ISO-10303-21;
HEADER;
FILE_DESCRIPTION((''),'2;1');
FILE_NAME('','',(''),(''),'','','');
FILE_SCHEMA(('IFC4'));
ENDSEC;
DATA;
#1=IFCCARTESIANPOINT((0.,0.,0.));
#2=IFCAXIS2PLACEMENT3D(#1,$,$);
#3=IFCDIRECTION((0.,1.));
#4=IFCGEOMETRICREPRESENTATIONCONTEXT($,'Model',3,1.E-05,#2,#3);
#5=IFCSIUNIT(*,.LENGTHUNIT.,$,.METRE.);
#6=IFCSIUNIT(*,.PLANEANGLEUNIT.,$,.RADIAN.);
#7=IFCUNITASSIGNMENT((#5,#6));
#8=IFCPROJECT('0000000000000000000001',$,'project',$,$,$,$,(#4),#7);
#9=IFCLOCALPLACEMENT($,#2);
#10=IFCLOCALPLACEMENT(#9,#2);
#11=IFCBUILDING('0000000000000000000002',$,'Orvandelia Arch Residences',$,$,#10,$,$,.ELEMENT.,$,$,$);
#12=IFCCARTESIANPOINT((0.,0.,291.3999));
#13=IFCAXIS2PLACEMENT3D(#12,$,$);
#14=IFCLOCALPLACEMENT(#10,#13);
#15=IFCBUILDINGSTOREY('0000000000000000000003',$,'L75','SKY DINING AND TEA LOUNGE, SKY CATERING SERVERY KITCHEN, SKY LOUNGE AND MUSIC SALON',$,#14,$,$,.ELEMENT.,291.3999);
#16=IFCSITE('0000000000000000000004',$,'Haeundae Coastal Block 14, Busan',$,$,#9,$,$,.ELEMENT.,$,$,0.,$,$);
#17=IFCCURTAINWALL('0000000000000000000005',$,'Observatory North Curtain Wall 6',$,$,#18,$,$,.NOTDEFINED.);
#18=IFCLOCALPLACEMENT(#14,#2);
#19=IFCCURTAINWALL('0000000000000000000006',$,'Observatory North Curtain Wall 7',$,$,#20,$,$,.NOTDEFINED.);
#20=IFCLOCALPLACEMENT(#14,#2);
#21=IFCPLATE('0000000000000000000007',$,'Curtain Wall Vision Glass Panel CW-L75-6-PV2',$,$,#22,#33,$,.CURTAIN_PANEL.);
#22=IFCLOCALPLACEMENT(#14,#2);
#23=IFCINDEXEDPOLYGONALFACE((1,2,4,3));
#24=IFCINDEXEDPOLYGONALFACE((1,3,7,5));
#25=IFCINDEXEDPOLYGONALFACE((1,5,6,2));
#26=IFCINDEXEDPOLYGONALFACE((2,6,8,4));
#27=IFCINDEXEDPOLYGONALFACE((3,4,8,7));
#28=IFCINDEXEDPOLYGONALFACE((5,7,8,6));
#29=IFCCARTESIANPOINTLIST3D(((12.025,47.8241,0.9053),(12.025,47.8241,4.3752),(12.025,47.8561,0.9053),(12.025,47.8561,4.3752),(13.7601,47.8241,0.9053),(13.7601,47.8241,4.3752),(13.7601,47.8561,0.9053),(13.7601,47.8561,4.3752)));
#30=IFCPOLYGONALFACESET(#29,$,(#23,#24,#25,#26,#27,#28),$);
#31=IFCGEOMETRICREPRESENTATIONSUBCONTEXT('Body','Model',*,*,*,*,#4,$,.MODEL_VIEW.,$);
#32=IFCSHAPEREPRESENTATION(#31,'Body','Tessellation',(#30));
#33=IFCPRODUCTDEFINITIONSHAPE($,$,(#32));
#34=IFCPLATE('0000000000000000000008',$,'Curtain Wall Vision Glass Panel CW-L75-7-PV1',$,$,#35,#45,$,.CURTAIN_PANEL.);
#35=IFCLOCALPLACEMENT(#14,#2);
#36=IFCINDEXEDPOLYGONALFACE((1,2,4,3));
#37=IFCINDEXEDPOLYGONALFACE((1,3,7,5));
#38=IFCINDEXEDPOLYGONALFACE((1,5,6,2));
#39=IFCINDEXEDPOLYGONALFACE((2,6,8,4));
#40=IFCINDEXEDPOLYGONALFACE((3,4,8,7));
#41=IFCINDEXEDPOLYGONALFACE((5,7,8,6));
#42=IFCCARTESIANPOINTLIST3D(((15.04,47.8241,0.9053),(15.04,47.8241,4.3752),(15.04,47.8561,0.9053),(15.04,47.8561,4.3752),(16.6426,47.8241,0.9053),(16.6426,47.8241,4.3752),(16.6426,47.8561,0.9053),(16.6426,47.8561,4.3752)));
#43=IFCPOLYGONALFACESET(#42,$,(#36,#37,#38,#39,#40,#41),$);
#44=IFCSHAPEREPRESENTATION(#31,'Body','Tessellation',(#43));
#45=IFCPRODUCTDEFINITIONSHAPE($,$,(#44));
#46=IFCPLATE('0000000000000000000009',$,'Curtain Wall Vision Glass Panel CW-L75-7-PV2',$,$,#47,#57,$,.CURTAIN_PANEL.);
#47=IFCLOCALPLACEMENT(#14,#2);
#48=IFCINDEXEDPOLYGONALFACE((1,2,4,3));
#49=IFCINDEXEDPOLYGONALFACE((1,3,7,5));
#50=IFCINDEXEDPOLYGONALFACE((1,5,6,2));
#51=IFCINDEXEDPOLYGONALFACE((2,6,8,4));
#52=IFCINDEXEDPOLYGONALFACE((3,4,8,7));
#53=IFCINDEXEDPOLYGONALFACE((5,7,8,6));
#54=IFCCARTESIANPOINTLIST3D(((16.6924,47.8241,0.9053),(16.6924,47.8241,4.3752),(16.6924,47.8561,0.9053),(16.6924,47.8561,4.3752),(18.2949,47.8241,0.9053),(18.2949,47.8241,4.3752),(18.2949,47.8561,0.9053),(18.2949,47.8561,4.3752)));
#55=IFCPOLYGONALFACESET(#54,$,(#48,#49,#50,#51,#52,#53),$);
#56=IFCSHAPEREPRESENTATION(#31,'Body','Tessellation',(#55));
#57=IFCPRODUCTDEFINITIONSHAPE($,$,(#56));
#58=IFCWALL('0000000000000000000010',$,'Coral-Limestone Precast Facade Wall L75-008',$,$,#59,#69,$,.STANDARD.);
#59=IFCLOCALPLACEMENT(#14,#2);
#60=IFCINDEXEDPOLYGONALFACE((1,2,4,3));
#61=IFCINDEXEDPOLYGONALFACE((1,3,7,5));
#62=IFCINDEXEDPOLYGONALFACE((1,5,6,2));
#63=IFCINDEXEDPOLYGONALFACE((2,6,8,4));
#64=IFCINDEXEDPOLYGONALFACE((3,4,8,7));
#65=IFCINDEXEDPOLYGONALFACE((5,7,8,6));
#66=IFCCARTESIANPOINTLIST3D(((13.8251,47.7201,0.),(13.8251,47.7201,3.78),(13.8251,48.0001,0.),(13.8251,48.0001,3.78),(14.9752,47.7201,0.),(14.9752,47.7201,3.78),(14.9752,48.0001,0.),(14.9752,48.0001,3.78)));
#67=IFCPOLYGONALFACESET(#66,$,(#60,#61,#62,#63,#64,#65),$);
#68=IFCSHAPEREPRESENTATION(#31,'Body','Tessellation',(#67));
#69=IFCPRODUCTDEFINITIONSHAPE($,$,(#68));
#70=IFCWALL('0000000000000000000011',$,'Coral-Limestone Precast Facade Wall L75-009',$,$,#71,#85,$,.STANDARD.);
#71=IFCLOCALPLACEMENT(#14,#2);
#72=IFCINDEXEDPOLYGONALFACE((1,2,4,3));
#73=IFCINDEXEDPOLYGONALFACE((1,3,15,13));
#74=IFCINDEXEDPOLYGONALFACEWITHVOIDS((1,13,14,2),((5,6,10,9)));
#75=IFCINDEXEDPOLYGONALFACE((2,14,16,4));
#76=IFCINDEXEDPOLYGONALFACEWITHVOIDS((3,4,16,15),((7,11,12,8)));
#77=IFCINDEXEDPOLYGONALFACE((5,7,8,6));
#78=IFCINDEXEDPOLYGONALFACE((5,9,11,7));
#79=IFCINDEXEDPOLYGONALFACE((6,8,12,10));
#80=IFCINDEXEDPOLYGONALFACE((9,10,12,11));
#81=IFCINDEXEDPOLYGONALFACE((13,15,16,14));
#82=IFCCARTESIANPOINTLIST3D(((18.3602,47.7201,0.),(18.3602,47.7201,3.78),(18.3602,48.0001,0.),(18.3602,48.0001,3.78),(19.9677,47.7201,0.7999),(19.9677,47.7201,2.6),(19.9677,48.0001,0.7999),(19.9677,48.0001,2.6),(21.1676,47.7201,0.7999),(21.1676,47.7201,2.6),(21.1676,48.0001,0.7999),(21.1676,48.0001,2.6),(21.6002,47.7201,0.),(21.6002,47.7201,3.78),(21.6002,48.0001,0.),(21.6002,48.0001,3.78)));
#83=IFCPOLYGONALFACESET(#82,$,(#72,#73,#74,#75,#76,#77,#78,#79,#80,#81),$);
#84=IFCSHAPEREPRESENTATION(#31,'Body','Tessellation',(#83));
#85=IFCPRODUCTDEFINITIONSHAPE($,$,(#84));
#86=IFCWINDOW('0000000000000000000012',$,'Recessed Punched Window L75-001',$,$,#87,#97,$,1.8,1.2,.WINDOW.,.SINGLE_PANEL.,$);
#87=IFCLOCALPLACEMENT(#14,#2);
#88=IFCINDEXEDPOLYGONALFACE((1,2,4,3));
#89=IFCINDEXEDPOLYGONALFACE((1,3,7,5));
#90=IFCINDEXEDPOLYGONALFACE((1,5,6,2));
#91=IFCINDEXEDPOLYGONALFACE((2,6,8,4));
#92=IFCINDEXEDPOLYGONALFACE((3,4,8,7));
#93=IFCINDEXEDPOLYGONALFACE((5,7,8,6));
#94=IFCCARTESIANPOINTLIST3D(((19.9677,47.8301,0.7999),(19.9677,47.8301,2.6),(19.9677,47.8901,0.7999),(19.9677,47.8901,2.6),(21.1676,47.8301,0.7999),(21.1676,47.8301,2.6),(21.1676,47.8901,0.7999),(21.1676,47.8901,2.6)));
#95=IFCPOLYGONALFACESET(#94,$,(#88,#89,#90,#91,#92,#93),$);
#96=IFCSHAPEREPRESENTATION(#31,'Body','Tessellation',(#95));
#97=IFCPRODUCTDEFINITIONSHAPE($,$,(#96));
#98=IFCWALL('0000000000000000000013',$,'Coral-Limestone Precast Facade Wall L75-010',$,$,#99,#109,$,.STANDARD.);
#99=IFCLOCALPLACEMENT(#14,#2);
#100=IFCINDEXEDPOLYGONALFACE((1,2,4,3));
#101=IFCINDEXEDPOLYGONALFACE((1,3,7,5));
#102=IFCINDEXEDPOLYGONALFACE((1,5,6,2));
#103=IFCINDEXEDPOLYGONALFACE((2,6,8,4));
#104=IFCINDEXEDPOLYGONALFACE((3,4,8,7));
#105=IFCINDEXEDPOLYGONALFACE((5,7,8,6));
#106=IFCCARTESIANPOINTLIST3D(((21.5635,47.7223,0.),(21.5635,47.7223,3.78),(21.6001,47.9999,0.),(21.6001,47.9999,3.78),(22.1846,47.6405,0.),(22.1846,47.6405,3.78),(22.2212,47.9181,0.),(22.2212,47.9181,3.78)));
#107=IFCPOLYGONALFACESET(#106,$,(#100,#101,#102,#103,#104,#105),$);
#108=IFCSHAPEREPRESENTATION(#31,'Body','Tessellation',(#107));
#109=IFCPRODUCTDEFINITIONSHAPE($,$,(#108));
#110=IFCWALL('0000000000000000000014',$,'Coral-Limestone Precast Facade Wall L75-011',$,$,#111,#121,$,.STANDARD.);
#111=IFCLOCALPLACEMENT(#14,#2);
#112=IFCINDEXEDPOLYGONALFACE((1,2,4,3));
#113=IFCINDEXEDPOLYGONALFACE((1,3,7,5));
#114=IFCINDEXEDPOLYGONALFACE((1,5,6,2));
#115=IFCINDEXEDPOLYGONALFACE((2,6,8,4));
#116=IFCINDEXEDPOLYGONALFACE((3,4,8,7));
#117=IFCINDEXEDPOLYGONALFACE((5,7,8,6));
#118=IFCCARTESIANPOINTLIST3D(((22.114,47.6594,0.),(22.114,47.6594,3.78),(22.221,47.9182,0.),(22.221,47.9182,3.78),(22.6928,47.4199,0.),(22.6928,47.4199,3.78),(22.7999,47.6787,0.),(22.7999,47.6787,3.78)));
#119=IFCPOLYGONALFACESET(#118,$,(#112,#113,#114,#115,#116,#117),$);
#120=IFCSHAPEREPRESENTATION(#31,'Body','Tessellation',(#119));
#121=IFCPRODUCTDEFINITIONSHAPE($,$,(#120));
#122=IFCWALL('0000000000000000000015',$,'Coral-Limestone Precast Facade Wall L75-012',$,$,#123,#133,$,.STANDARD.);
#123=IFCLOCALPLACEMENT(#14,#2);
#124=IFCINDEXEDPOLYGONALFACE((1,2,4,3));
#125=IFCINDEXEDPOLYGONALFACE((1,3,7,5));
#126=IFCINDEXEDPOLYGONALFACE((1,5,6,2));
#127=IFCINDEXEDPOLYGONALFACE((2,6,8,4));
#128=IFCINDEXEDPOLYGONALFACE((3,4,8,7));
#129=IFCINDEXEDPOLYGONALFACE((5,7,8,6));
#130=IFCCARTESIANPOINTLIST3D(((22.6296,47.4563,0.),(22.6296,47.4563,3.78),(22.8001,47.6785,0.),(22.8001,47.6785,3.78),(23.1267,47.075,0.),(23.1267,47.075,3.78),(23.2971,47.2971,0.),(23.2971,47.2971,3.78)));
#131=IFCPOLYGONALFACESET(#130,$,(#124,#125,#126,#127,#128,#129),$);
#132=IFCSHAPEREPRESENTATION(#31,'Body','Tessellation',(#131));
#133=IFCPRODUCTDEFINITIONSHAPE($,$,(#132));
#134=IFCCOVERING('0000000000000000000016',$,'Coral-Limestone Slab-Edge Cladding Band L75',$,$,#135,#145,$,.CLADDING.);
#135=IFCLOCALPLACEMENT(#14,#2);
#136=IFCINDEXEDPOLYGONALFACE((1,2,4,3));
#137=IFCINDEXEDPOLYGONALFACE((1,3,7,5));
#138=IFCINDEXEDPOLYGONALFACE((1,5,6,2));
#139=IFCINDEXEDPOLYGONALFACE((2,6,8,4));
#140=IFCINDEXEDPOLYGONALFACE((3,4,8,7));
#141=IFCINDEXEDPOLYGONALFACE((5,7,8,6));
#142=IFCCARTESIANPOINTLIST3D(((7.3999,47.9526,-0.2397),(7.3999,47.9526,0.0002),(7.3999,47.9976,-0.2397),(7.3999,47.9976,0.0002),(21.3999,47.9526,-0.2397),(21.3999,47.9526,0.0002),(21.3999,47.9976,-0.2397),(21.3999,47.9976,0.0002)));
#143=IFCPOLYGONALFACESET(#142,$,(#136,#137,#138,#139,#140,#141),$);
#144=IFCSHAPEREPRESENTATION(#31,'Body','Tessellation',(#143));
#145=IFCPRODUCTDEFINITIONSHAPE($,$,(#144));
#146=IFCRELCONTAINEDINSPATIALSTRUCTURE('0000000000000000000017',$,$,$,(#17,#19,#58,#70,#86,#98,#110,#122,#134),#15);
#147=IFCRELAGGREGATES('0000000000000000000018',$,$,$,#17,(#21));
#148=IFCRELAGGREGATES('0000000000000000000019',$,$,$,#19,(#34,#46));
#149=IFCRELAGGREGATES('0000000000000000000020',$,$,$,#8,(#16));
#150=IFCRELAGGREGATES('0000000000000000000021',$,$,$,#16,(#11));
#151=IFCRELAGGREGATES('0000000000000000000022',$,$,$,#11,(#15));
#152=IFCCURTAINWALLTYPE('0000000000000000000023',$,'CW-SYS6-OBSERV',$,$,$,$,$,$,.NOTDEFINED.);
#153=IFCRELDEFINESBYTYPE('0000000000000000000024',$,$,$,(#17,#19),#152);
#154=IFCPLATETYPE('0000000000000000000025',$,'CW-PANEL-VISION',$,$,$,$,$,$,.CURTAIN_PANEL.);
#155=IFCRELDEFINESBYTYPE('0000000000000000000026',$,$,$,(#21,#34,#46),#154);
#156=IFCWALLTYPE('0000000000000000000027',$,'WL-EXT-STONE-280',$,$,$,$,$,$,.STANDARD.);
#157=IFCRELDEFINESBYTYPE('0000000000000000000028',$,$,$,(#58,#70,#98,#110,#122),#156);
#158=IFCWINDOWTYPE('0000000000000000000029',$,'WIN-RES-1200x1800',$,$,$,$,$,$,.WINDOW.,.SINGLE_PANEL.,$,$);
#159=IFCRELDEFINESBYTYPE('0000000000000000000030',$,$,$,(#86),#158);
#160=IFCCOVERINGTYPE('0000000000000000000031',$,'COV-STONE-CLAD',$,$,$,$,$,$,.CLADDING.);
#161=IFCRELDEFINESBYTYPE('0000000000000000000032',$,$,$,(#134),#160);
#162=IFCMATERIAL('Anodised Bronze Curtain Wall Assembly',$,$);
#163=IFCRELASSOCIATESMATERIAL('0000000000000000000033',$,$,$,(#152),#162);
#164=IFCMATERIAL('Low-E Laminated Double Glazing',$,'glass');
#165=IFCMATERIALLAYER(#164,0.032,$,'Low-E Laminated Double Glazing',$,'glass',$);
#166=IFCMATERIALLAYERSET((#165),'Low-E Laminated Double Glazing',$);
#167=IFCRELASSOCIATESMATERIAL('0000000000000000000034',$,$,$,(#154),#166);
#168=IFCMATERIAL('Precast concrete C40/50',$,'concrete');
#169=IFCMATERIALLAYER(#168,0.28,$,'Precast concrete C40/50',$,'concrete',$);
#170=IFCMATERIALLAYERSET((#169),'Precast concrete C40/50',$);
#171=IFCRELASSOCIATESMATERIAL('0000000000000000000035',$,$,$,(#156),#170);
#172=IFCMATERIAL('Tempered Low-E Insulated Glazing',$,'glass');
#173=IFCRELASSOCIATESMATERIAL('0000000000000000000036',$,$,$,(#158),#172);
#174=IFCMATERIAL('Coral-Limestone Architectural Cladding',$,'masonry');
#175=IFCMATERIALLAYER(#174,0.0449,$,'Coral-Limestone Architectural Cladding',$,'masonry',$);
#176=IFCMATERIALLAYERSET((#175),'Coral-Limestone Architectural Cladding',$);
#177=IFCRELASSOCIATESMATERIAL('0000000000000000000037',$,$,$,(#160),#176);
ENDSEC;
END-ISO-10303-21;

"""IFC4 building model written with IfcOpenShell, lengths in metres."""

from ifc_helpers import new_model, si_unit, direction, frame, frame_2d, origin, origin_2d, place, context, subcontext, project, spatial, rectangle, extrude, material, layer, layer_set, type_object, element, fill, aggregate, save


model = new_model("IFC4")

# Units and contexts
model_context = context("Model", 3, precision=1e-05, world=origin(), true_north=direction((0.0, 1.0)))
body_context = subcontext(model_context, "Body", "Model", "MODEL_VIEW")
ifc_project = project(units=[si_unit("LENGTHUNIT", "METRE"), si_unit("PLANEANGLEUNIT", "RADIAN")], contexts=[model_context])

# Site, building, storey
site_placement = place(None, origin())
site = spatial("IfcSite", under=ifc_project, at=site_placement, Name="Haeundae Coastal Block 14, Busan", CompositionType="ELEMENT", RefElevation=0.0)
building_placement = place(site_placement, origin())
building = spatial("IfcBuilding", under=site, at=building_placement, Name="Orvandelia Arch Residences", CompositionType="ELEMENT")
storey_placement = place(building_placement, frame((0.0, 0.0, 291.3999)))
storey = spatial("IfcBuildingStorey", under=building, at=storey_placement, Name="L75", Description="SKY DINING AND TEA LOUNGE, SKY CATERING SERVERY KITCHEN, SKY LOUNGE AND MUSIC SALON", CompositionType="ELEMENT", Elevation=291.3999)

# Curtain walls
ifc_material_1 = material(Name="Anodised Bronze Curtain Wall Assembly")
curtain_wall_type = type_object("IfcCurtainWallType", Name="CW-SYS6-OBSERV", PredefinedType="NOTDEFINED", material=ifc_material_1)
curtain_wall_1_placement = place(storey_placement, origin())
curtain_wall_1 = element("IfcCurtainWall", 1, at=curtain_wall_1_placement, inside=storey, type_object=curtain_wall_type, Name="Observatory North Curtain Wall 6", PredefinedType="NOTDEFINED")
curtain_wall_2_placement = place(storey_placement, origin())
curtain_wall_2 = element("IfcCurtainWall", 2, at=curtain_wall_2_placement, inside=storey, type_object=curtain_wall_type, Name="Observatory North Curtain Wall 7", PredefinedType="NOTDEFINED")

# Plates
ifc_material_2 = material(Name="Low-E Laminated Double Glazing", Category="glass")
ifc_layer_1 = layer(ifc_material_2, 0.032, Name="Low-E Laminated Double Glazing", Category="glass")
ifc_layer_set_1 = layer_set([ifc_layer_1], Name="Low-E Laminated Double Glazing")
plate_type_1 = type_object("IfcPlateType", Name="CW-PANEL-VISION", PredefinedType="CURTAIN_PANEL", material=ifc_layer_set_1)
plate_1_placement = place(storey_placement, frame((12.8926, 47.8401, 0.9053), z_axis=(0.0, 0.0, 1.0), x_axis=(1.0, 0.0, 0.0)))
plate_1 = element("IfcPlate", 3, at=plate_1_placement, type_object=plate_type_1, Name="Curtain Wall Vision Glass Panel CW-L75-6-PV2", PredefinedType="CURTAIN_PANEL", context=body_context, shape_type="SweptSolid", body=[
    extrude(rectangle(XDim=1.7351, YDim=0.032, at=origin_2d()), origin(), (0.0, 0.0, 1.0), 3.47),
])
aggregate(curtain_wall_1, [plate_1])
plate_2_placement = place(storey_placement, frame((15.8413, 47.8401, 0.9053), z_axis=(0.0, 0.0, 1.0), x_axis=(1.0, 0.0, 0.0)))
plate_2 = element("IfcPlate", 4, at=plate_2_placement, type_object=plate_type_1, Name="Curtain Wall Vision Glass Panel CW-L75-7-PV1", PredefinedType="CURTAIN_PANEL", context=body_context, shape_type="SweptSolid", body=[
    extrude(rectangle(XDim=1.6025, YDim=0.032, at=origin_2d()), origin(), (0.0, 0.0, 1.0), 3.47),
])
plate_3_placement = place(storey_placement, frame((17.4937, 47.8401, 0.9053), z_axis=(0.0, 0.0, 1.0), x_axis=(1.0, 0.0, 0.0)))
plate_3 = element("IfcPlate", 5, at=plate_3_placement, type_object=plate_type_1, Name="Curtain Wall Vision Glass Panel CW-L75-7-PV2", PredefinedType="CURTAIN_PANEL", context=body_context, shape_type="SweptSolid", body=[
    extrude(rectangle(XDim=1.6025, YDim=0.032, at=origin_2d()), origin(), (0.0, 0.0, 1.0), 3.47),
])
aggregate(curtain_wall_2, [plate_2, plate_3])

# Wall
ifc_material_3 = material(Name="Precast concrete C40/50", Category="concrete")
ifc_layer_2 = layer(ifc_material_3, 0.28, Name="Precast concrete C40/50", Category="concrete")
ifc_layer_set_2 = layer_set([ifc_layer_2], Name="Precast concrete C40/50")
wall_type = type_object("IfcWallType", Name="WL-EXT-STONE-280", PredefinedType="STANDARD", material=ifc_layer_set_2)
wall_1_placement = place(storey_placement, frame((13.825, 47.8601, 0.0), z_axis=(0.0, 0.0, 1.0), x_axis=(1.0, 0.0, 0.0)))
element("IfcWall", 6, at=wall_1_placement, inside=storey, type_object=wall_type, Name="Coral-Limestone Precast Facade Wall L75-008", PredefinedType="STANDARD", context=body_context, shape_type="SweptSolid", body=[
    extrude(rectangle(XDim=1.1501, YDim=0.28, at=frame_2d((0.5752, 0.0))), origin(), (0.0, 0.0, 1.0), 3.78),
])

# Wall, opening, window
wall_2_placement = place(storey_placement, frame((18.3601, 47.8601, 0.0), z_axis=(0.0, 0.0, 1.0), x_axis=(1.0, 0.0, 0.0)))
wall_2 = element("IfcWall", 7, at=wall_2_placement, inside=storey, type_object=wall_type, Name="Coral-Limestone Precast Facade Wall L75-009", PredefinedType="STANDARD", context=body_context, shape_type="SweptSolid", body=[
    extrude(rectangle(XDim=3.24, YDim=0.28, at=frame_2d((1.6201, 0.0))), origin(), (0.0, 0.0, 1.0), 3.78),
])
opening_placement = place(wall_2_placement, frame((1.6074, 0.0, 0.8)))
opening = element("IfcOpeningElement", 8, at=opening_placement, cuts=wall_2, PredefinedType="OPENING", context=body_context, shape_type="SweptSolid", body=[
    extrude(rectangle(XDim=1.2, YDim=1.8, at=frame_2d((0.6001, 0.8999))), frame((0.0, 0.1499, 0.0), z_axis=(0.0, -1.0, 0.0), x_axis=(1.0, 0.0, 0.0)), (0.0, 0.0, 1.0), 0.3),
])
ifc_material_4 = material(Name="Tempered Low-E Insulated Glazing", Category="glass")
window_type = type_object("IfcWindowType", Name="WIN-RES-1200x1800", PartitioningType="SINGLE_PANEL", PredefinedType="WINDOW", material=ifc_material_4)
window_placement = place(opening_placement, origin())
window = element("IfcWindow", 9, at=window_placement, inside=storey, type_object=window_type, Name="Recessed Punched Window L75-001", OverallHeight=1.8, OverallWidth=1.2, PartitioningType="SINGLE_PANEL", PredefinedType="WINDOW", context=body_context, shape_type="SweptSolid", body=[
    extrude(rectangle(XDim=1.2, YDim=1.8, at=frame_2d((0.6001, 0.8999))), frame((0.0, 0.03, 0.0), z_axis=(0.0, -1.0, 0.0), x_axis=(1.0, 0.0, 0.0)), (0.0, 0.0, 1.0), 0.0601),
])
fill(opening, window)

# Walls
for number, where, z_axis, x_axis, name in (
    (10, (21.5818, 47.8611, 0.0), (0.0, 0.0, 1.0), (0.991441, -0.130555, 0.0), "Coral-Limestone Precast Facade Wall L75-010"),
    (11, (22.1675, 47.7888, 0.0), (0.0, 0.0, 1.0), (0.924031, -0.382317, 0.0), "Coral-Limestone Precast Facade Wall L75-011"),
    (12, (22.7148, 47.5674, 0.0), (0.0, 0.0, 1.0), (0.793406, -0.608693, 0.0), "Coral-Limestone Precast Facade Wall L75-012"),
):
    element("IfcWall", number, at=place(storey_placement, frame(where, z_axis=z_axis, x_axis=x_axis)), inside=storey, type_object=wall_type, Name=name, PredefinedType="STANDARD", context=body_context, shape_type="SweptSolid", body=[
        extrude(rectangle(XDim=0.6265, YDim=0.28, at=frame_2d((0.3132, 0.0))), origin(), (0.0, 0.0, 1.0), 3.78),
    ])

# Covering
ifc_material_5 = material(Name="Coral-Limestone Architectural Cladding", Category="masonry")
ifc_layer_3 = layer(ifc_material_5, 0.0449, Name="Coral-Limestone Architectural Cladding", Category="masonry")
ifc_layer_set_3 = layer_set([ifc_layer_3], Name="Coral-Limestone Architectural Cladding")
covering_type = type_object("IfcCoveringType", Name="COV-STONE-CLAD", PredefinedType="CLADDING", material=ifc_layer_set_3)
covering_placement = place(storey_placement, frame((14.3999, 47.9751, -0.2397), z_axis=(0.0, 0.0, 1.0), x_axis=(1.0, 0.0, 0.0)))
element("IfcCovering", 13, at=covering_placement, inside=storey, type_object=covering_type, Name="Coral-Limestone Slab-Edge Cladding Band L75", PredefinedType="CLADDING", context=body_context, shape_type="SweptSolid", body=[
    extrude(rectangle(XDim=14.0, YDim=0.0449, at=origin_2d()), origin(), (0.0, 0.0, 1.0), 0.24),
])

save(model, "model.ifc")
